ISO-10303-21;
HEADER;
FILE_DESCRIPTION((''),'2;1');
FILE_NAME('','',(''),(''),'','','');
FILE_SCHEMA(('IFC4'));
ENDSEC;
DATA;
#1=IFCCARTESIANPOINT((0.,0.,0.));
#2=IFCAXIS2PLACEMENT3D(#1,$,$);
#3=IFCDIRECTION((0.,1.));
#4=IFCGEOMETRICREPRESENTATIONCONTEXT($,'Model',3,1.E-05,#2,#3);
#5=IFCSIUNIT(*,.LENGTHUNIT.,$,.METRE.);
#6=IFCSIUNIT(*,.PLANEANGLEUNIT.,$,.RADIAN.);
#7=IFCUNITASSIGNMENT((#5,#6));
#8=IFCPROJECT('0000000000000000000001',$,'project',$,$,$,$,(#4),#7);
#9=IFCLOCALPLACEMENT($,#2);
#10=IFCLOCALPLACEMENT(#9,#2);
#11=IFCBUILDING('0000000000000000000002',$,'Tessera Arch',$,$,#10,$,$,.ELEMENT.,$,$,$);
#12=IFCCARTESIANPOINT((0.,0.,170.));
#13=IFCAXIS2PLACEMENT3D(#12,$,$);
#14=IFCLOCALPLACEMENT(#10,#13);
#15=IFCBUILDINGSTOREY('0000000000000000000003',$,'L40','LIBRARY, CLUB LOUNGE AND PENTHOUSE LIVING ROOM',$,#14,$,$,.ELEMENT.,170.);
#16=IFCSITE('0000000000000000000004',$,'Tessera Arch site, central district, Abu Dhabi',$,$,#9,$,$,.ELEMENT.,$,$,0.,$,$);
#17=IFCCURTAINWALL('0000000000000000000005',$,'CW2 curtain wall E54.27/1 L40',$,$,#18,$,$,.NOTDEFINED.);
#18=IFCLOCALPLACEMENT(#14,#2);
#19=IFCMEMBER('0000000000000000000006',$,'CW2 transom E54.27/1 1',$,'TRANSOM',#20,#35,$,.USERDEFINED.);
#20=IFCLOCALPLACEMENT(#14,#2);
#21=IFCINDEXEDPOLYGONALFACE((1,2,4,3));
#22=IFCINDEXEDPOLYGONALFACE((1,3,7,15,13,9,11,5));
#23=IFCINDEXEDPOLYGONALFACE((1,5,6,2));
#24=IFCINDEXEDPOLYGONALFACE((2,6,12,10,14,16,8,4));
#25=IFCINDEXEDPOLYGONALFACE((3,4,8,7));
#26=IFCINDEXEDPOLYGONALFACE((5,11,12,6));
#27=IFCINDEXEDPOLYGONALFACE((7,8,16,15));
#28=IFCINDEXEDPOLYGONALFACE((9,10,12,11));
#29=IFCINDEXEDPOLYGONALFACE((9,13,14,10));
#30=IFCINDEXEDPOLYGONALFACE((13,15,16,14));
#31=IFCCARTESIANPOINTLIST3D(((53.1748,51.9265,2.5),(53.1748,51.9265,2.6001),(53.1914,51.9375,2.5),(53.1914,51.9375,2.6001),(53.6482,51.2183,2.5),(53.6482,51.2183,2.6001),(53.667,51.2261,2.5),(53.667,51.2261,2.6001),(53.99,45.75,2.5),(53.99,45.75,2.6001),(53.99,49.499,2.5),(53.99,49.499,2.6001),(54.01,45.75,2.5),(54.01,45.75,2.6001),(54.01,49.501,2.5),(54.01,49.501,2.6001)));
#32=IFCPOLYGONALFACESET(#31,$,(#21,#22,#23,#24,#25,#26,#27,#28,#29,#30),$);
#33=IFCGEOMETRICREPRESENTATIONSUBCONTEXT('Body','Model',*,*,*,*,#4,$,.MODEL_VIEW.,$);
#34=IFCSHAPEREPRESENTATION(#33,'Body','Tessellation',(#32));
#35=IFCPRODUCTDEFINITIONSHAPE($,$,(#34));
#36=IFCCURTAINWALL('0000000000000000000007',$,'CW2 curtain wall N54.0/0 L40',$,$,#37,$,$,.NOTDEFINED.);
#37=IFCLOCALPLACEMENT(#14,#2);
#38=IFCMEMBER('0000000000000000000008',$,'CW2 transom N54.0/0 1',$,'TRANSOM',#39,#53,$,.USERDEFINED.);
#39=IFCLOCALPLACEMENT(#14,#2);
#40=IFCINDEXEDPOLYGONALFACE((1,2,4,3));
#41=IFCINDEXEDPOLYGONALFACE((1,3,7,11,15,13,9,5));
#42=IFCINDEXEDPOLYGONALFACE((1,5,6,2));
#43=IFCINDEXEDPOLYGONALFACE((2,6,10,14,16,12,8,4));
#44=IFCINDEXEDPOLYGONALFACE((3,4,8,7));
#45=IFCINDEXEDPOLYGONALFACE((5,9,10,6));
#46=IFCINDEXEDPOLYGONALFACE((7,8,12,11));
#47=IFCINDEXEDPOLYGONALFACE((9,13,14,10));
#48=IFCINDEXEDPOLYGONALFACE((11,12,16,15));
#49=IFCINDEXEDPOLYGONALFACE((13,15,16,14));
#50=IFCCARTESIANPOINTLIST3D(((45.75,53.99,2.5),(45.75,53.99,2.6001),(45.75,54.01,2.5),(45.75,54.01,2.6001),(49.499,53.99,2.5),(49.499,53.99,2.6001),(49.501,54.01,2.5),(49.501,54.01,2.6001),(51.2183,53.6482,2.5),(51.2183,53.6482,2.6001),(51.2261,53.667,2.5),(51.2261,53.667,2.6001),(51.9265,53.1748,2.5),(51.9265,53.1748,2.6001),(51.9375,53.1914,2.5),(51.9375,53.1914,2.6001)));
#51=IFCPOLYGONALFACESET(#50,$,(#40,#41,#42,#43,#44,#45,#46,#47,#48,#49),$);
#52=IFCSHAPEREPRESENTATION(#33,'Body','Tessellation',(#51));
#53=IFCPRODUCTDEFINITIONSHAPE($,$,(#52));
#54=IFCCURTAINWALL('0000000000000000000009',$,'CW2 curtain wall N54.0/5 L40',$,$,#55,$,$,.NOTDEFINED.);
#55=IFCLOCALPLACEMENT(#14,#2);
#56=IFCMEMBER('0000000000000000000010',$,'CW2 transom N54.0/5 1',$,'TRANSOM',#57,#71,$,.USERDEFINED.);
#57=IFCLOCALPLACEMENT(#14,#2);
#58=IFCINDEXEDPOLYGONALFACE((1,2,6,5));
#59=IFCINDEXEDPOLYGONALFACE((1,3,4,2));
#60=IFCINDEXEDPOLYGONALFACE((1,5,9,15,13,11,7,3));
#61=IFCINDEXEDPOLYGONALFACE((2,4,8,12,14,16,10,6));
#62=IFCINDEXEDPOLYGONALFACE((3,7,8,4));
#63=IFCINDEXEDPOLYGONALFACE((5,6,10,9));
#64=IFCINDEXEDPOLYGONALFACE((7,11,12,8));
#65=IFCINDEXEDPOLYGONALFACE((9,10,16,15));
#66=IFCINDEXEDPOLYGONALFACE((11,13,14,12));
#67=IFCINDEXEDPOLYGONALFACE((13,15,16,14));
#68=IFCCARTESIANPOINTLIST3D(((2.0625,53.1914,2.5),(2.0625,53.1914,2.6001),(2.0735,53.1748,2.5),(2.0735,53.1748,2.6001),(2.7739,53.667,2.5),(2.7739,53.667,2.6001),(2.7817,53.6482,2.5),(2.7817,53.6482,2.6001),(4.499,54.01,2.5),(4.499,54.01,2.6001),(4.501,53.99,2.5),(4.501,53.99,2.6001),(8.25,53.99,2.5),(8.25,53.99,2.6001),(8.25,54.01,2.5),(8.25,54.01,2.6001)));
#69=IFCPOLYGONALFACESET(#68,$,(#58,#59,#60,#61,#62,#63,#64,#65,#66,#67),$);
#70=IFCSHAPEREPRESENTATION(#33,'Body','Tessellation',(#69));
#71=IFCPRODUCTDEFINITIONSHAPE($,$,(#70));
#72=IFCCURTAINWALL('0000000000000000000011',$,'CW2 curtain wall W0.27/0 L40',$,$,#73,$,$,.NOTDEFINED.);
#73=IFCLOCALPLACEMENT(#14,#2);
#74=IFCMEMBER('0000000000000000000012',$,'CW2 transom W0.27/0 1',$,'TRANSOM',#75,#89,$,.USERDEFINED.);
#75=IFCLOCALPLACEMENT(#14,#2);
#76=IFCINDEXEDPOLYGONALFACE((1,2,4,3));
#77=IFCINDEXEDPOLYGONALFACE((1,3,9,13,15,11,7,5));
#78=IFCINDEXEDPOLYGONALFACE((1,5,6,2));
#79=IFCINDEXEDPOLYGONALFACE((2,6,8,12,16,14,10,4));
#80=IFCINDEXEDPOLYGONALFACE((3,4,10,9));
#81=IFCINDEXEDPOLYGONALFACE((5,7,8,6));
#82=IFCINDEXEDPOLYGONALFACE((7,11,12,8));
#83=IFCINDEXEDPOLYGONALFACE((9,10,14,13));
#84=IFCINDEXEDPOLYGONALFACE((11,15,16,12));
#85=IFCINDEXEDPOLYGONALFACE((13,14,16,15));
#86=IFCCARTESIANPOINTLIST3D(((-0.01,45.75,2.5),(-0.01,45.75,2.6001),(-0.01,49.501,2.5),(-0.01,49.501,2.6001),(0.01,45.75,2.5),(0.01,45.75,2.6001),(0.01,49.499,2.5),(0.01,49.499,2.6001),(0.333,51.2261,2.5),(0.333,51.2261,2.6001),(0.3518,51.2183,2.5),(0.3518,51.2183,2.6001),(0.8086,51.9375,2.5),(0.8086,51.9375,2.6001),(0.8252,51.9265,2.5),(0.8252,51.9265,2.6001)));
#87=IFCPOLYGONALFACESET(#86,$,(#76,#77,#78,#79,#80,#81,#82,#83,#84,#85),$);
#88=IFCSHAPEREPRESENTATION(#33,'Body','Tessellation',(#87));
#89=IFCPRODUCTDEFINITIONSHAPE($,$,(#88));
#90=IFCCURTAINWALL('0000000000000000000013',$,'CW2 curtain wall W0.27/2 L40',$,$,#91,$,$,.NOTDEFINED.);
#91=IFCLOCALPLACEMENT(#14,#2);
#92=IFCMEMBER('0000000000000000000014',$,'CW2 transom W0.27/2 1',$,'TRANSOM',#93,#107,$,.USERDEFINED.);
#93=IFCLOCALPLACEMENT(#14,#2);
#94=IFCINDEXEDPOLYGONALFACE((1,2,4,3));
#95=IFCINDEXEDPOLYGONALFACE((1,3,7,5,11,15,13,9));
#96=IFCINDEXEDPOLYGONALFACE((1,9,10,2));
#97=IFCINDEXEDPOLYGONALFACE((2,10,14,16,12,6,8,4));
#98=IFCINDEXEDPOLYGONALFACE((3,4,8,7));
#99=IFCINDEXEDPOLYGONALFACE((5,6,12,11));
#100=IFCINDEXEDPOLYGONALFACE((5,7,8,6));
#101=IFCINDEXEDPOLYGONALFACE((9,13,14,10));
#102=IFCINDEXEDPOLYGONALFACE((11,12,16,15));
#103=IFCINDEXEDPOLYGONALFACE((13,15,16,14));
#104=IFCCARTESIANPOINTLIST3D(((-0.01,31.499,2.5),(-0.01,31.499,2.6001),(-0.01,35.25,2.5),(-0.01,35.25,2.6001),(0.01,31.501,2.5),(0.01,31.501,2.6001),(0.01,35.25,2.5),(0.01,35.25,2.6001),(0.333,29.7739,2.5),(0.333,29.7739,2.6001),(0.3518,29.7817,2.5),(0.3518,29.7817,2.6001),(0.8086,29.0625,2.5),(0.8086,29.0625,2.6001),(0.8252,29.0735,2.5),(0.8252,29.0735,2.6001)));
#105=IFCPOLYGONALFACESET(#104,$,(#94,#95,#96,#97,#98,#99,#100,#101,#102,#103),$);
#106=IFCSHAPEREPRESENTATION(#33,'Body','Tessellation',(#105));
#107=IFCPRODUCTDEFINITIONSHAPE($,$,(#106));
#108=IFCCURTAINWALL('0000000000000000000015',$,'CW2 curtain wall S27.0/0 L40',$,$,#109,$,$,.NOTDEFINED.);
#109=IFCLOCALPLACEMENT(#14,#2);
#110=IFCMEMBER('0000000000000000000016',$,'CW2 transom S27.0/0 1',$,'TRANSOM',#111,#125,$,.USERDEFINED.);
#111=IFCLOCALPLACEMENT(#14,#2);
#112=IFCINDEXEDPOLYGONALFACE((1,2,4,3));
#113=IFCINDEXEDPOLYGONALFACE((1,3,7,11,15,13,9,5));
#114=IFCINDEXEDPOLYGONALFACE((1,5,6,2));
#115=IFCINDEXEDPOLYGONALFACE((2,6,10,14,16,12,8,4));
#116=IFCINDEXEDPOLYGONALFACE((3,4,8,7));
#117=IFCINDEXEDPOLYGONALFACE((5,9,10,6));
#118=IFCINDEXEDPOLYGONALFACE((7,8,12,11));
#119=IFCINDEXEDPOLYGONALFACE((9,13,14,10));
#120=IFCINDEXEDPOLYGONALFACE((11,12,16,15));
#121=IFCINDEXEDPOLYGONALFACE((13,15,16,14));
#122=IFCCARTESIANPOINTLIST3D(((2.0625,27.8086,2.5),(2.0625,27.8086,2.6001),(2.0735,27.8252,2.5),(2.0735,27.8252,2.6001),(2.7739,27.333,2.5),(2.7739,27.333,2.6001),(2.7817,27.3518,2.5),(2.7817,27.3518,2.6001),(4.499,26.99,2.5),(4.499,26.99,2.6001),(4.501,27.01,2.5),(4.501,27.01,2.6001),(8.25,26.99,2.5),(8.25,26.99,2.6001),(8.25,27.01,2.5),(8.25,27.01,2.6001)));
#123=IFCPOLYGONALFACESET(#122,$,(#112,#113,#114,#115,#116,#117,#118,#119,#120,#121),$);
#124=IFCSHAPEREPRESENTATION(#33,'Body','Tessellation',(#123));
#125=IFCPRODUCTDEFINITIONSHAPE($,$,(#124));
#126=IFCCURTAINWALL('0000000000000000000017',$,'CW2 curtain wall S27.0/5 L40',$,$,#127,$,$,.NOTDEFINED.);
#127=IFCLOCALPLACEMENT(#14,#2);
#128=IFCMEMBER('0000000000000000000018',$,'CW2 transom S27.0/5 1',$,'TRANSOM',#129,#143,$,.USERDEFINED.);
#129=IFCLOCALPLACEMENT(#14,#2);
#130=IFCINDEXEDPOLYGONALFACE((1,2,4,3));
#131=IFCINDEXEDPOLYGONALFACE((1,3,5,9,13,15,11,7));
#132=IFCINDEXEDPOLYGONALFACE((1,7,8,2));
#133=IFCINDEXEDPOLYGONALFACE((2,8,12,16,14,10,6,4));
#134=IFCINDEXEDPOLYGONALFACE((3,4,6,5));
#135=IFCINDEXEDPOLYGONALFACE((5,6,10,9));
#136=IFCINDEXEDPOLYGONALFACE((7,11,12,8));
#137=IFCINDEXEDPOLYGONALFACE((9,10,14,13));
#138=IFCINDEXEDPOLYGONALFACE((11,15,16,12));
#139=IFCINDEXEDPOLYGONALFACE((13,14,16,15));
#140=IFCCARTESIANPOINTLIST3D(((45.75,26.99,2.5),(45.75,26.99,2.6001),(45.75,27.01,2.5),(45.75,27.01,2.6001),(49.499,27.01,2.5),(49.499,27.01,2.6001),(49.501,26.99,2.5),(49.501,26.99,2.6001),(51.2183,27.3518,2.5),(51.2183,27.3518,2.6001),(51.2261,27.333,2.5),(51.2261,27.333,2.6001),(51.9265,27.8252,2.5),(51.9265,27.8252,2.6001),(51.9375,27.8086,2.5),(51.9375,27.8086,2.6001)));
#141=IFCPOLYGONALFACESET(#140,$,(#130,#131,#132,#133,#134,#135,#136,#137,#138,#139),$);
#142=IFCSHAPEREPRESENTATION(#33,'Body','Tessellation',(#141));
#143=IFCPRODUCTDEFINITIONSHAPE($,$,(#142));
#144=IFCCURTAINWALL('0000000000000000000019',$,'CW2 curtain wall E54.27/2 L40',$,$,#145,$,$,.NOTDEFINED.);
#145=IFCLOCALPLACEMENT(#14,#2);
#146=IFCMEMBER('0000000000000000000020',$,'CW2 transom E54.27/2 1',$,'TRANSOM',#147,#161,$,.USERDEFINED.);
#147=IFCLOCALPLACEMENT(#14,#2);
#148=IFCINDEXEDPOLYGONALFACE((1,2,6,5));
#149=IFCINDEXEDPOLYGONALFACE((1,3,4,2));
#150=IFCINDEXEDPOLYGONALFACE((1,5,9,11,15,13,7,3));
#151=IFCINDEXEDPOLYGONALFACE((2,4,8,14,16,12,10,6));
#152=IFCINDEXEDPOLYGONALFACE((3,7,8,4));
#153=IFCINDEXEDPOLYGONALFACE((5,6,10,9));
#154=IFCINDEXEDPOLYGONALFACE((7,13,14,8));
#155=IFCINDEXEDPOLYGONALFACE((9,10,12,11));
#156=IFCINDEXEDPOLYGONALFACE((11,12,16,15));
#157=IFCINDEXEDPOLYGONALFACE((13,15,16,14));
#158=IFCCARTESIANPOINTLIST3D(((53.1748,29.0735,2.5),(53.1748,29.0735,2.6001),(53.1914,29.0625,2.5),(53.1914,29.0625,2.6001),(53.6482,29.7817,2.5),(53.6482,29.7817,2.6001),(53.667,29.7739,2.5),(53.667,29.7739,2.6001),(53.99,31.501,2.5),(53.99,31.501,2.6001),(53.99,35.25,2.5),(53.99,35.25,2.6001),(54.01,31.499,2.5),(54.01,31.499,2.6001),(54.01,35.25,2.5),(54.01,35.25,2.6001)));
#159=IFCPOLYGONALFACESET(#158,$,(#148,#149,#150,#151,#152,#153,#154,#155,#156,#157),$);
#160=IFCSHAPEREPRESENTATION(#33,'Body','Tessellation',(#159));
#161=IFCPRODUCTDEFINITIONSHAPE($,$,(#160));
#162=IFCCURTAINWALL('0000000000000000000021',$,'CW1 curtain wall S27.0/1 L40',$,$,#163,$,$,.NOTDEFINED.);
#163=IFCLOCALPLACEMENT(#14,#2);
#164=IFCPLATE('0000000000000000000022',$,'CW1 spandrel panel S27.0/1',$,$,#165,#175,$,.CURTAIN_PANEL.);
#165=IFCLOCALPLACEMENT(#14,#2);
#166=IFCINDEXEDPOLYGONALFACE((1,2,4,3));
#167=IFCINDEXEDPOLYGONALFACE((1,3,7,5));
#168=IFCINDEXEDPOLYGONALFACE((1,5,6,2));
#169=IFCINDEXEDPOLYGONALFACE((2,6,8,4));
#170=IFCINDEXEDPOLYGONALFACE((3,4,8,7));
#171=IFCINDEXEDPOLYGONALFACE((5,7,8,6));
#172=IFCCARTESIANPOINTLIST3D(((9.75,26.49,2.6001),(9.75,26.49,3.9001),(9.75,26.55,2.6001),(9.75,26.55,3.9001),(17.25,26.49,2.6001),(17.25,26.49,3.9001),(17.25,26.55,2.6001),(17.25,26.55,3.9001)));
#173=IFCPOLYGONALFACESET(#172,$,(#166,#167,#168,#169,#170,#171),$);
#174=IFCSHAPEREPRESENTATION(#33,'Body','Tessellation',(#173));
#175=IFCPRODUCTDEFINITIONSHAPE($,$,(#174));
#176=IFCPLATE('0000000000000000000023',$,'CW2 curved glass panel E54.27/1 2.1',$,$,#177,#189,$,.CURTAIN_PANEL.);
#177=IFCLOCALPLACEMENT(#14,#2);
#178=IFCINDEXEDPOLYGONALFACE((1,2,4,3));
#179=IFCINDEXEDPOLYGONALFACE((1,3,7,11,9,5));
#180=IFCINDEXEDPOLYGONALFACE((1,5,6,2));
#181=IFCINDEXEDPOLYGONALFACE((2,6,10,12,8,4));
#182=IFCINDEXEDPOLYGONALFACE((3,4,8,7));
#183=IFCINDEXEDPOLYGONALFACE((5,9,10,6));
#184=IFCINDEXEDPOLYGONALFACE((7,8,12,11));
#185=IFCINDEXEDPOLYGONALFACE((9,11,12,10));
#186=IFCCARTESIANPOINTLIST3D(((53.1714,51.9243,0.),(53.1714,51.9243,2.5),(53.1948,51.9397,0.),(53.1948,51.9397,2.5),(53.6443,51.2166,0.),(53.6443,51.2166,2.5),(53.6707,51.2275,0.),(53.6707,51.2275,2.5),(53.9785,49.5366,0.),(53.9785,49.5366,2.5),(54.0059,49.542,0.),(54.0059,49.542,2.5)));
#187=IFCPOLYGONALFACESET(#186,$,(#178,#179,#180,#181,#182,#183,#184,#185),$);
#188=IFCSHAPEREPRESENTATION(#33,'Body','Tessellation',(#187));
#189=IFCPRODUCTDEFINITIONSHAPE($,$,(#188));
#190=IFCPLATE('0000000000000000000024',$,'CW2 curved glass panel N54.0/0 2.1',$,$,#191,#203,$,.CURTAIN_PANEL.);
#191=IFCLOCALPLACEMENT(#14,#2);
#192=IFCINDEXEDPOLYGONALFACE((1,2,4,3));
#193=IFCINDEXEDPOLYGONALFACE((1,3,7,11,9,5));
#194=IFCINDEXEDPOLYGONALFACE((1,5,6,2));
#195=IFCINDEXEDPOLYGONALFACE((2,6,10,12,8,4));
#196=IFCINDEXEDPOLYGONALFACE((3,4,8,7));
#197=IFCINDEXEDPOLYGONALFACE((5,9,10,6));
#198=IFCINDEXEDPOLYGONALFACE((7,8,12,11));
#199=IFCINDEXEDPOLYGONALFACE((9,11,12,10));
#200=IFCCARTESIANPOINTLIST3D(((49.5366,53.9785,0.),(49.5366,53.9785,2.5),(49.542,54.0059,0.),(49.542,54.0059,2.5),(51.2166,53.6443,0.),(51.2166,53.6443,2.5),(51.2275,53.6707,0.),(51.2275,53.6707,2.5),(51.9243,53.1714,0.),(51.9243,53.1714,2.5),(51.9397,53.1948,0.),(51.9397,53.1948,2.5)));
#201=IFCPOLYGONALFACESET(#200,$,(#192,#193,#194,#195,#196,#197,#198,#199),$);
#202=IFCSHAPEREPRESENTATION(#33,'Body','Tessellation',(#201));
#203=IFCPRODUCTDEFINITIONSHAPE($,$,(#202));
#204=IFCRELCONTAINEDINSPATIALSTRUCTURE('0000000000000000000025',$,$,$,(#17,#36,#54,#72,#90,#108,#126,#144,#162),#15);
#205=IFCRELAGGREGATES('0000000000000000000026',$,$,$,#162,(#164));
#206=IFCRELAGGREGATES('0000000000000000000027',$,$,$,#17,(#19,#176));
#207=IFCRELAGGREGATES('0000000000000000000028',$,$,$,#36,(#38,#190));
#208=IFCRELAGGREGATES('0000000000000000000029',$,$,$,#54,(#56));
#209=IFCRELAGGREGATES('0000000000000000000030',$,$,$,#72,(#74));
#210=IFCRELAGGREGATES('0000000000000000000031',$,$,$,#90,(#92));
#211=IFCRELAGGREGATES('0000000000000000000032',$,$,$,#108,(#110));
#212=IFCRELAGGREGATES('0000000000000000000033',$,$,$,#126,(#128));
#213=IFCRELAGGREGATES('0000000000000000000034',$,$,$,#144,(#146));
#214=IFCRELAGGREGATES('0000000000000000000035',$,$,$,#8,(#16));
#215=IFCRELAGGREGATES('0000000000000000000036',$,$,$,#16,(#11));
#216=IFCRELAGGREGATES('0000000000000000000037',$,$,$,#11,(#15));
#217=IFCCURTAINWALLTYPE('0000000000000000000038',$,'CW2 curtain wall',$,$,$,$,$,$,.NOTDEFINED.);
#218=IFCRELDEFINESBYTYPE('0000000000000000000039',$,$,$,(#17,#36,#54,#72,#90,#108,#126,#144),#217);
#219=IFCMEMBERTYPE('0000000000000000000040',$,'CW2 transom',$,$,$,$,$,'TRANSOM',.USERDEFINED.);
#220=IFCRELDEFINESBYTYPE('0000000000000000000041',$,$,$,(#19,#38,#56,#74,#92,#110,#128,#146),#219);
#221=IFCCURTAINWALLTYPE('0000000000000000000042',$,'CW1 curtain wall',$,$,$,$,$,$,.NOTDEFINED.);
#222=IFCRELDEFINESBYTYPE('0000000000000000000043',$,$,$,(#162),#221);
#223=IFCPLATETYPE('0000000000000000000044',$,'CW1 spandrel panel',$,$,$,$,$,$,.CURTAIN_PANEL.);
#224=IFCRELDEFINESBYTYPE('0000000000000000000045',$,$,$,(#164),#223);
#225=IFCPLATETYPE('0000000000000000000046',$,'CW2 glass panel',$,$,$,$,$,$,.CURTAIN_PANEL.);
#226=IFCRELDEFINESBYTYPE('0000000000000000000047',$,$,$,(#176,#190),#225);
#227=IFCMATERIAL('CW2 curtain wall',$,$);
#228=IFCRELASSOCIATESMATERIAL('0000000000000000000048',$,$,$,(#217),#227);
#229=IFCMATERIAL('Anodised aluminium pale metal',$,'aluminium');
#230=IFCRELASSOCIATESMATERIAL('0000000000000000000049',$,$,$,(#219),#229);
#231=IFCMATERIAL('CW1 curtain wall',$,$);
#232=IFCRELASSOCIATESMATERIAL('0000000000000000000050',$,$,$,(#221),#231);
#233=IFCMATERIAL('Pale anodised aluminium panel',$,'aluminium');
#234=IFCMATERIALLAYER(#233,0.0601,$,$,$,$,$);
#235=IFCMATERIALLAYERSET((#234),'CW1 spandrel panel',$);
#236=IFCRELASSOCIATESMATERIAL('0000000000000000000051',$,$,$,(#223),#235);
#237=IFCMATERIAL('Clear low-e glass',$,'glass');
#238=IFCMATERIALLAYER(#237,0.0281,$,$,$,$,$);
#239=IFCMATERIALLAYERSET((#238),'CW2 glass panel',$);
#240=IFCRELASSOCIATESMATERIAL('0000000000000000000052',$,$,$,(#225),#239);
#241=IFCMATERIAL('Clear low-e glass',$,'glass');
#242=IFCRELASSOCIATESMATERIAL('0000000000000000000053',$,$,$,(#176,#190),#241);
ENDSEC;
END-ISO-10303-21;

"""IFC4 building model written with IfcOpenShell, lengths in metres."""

from ifc_helpers import new_model, si_unit, direction, frame, origin, origin_2d, place, context, subcontext, project, spatial, polyline, rectangle, outline, extrude, material, layer, layer_set, material_profile, profile_set, type_object, element, aggregate, save


model = new_model("IFC4")

# Units and contexts
model_context = context("Model", 3, precision=1e-05, world=origin(), true_north=direction((0.0, 1.0)))
body_context = subcontext(model_context, "Body", "Model", "MODEL_VIEW")
ifc_project = project(units=[si_unit("LENGTHUNIT", "METRE"), si_unit("PLANEANGLEUNIT", "RADIAN")], contexts=[model_context])

# Site, building, storey
site_placement = place(None, origin())
site = spatial("IfcSite", under=ifc_project, at=site_placement, Name="Tessera Arch site, central district, Abu Dhabi", CompositionType="ELEMENT", RefElevation=0.0)
building_placement = place(site_placement, origin())
building = spatial("IfcBuilding", under=site, at=building_placement, Name="Tessera Arch", CompositionType="ELEMENT")
storey_placement = place(building_placement, frame((0.0, 0.0, 170.0)))
storey = spatial("IfcBuildingStorey", under=building, at=storey_placement, Name="L40", Description="LIBRARY, CLUB LOUNGE AND PENTHOUSE LIVING ROOM", CompositionType="ELEMENT", Elevation=170.0)

# Curtain walls, members
ifc_material_1 = material(Name="CW2 curtain wall")
curtain_wall_type_1 = type_object("IfcCurtainWallType", Name="CW2 curtain wall", PredefinedType="NOTDEFINED", material=ifc_material_1)
curtain_wall_1_placement = place(storey_placement, origin())
curtain_wall_1 = element("IfcCurtainWall", 1, at=curtain_wall_1_placement, inside=storey, type_object=curtain_wall_type_1, Name="CW2 curtain wall E54.27/1 L40", PredefinedType="NOTDEFINED")
ifc_material_2 = material(Name="Anodised aluminium pale metal", Category="aluminium")
ifc_material_profile = material_profile(ifc_material_2, rectangle(XDim=0.2, YDim=0.1001, at=origin_2d()), Name="AL 200x100")
ifc_profile_set = profile_set([ifc_material_profile], Name="Anodised aluminium pale metal")
member_type = type_object("IfcMemberType", Name="CW2 transom", ElementType="TRANSOM", PredefinedType="USERDEFINED", material=ifc_profile_set)
member_1_placement = place(storey_placement, frame((0.0, 0.0, 2.5)))
member_1 = element("IfcMember", 2, at=member_1_placement, type_object=member_type, Name="CW2 transom E54.27/1 1", ObjectType="TRANSOM", PredefinedType="USERDEFINED", context=body_context, shape_type="SweptSolid", body=[
    extrude(outline(polyline([(53.99, 49.499), (53.99, 45.75), (54.01, 45.75), (54.01, 49.501), (53.667, 51.2261), (53.1914, 51.9375), (53.1748, 51.9265), (53.6482, 51.2183), (53.99, 49.499)])), origin(), (0.0, 0.0, 1.0), 0.1001),
])
curtain_wall_2_placement = place(storey_placement, origin())
curtain_wall_2 = element("IfcCurtainWall", 3, at=curtain_wall_2_placement, inside=storey, type_object=curtain_wall_type_1, Name="CW2 curtain wall N54.0/0 L40", PredefinedType="NOTDEFINED")
member_2_placement = place(storey_placement, frame((0.0, 0.0, 2.5)))
member_2 = element("IfcMember", 4, at=member_2_placement, type_object=member_type, Name="CW2 transom N54.0/0 1", ObjectType="TRANSOM", PredefinedType="USERDEFINED", context=body_context, shape_type="SweptSolid", body=[
    extrude(outline(polyline([(51.2183, 53.6482), (51.9265, 53.1748), (51.9375, 53.1914), (51.2261, 53.667), (49.501, 54.01), (45.75, 54.01), (45.75, 53.99), (49.499, 53.99), (51.2183, 53.6482)])), origin(), (0.0, 0.0, 1.0), 0.1001),
])
curtain_wall_3_placement = place(storey_placement, origin())
curtain_wall_3 = element("IfcCurtainWall", 5, at=curtain_wall_3_placement, inside=storey, type_object=curtain_wall_type_1, Name="CW2 curtain wall N54.0/5 L40", PredefinedType="NOTDEFINED")
member_3_placement = place(storey_placement, frame((0.0, 0.0, 2.5)))
member_3 = element("IfcMember", 6, at=member_3_placement, type_object=member_type, Name="CW2 transom N54.0/5 1", ObjectType="TRANSOM", PredefinedType="USERDEFINED", context=body_context, shape_type="SweptSolid", body=[
    extrude(outline(polyline([(4.501, 53.99), (8.25, 53.99), (8.25, 54.01), (4.499, 54.01), (2.7739, 53.667), (2.0625, 53.1914), (2.0735, 53.1748), (2.7817, 53.6482), (4.501, 53.99)])), origin(), (0.0, 0.0, 1.0), 0.1001),
])
curtain_wall_4_placement = place(storey_placement, origin())
curtain_wall_4 = element("IfcCurtainWall", 7, at=curtain_wall_4_placement, inside=storey, type_object=curtain_wall_type_1, Name="CW2 curtain wall W0.27/0 L40", PredefinedType="NOTDEFINED")
member_4_placement = place(storey_placement, frame((0.0, 0.0, 2.5)))
member_4 = element("IfcMember", 8, at=member_4_placement, type_object=member_type, Name="CW2 transom W0.27/0 1", ObjectType="TRANSOM", PredefinedType="USERDEFINED", context=body_context, shape_type="SweptSolid", body=[
    extrude(outline(polyline([(0.3518, 51.2183), (0.8252, 51.9265), (0.8086, 51.9375), (0.333, 51.2261), (-0.01, 49.501), (-0.01, 45.75), (0.01, 45.75), (0.01, 49.499), (0.3518, 51.2183)])), origin(), (0.0, 0.0, 1.0), 0.1001),
])
curtain_wall_5_placement = place(storey_placement, origin())
curtain_wall_5 = element("IfcCurtainWall", 9, at=curtain_wall_5_placement, inside=storey, type_object=curtain_wall_type_1, Name="CW2 curtain wall W0.27/2 L40", PredefinedType="NOTDEFINED")
member_5_placement = place(storey_placement, frame((0.0, 0.0, 2.5)))
member_5 = element("IfcMember", 10, at=member_5_placement, type_object=member_type, Name="CW2 transom W0.27/2 1", ObjectType="TRANSOM", PredefinedType="USERDEFINED", context=body_context, shape_type="SweptSolid", body=[
    extrude(outline(polyline([(0.01, 31.501), (0.01, 35.25), (-0.01, 35.25), (-0.01, 31.499), (0.333, 29.7739), (0.8086, 29.0625), (0.8252, 29.0735), (0.3518, 29.7817), (0.01, 31.501)])), origin(), (0.0, 0.0, 1.0), 0.1001),
])
curtain_wall_6_placement = place(storey_placement, origin())
curtain_wall_6 = element("IfcCurtainWall", 11, at=curtain_wall_6_placement, inside=storey, type_object=curtain_wall_type_1, Name="CW2 curtain wall S27.0/0 L40", PredefinedType="NOTDEFINED")
member_6_placement = place(storey_placement, frame((0.0, 0.0, 2.5)))
member_6 = element("IfcMember", 12, at=member_6_placement, type_object=member_type, Name="CW2 transom S27.0/0 1", ObjectType="TRANSOM", PredefinedType="USERDEFINED", context=body_context, shape_type="SweptSolid", body=[
    extrude(outline(polyline([(2.7817, 27.3518), (2.0735, 27.8252), (2.0625, 27.8086), (2.7739, 27.333), (4.499, 26.99), (8.25, 26.99), (8.25, 27.01), (4.501, 27.01), (2.7817, 27.3518)])), origin(), (0.0, 0.0, 1.0), 0.1001),
])
curtain_wall_7_placement = place(storey_placement, origin())
curtain_wall_7 = element("IfcCurtainWall", 13, at=curtain_wall_7_placement, inside=storey, type_object=curtain_wall_type_1, Name="CW2 curtain wall S27.0/5 L40", PredefinedType="NOTDEFINED")
member_7_placement = place(storey_placement, frame((0.0, 0.0, 2.5)))
member_7 = element("IfcMember", 14, at=member_7_placement, type_object=member_type, Name="CW2 transom S27.0/5 1", ObjectType="TRANSOM", PredefinedType="USERDEFINED", context=body_context, shape_type="SweptSolid", body=[
    extrude(outline(polyline([(49.499, 27.01), (45.75, 27.01), (45.75, 26.99), (49.501, 26.99), (51.2261, 27.333), (51.9375, 27.8086), (51.9265, 27.8252), (51.2183, 27.3518), (49.499, 27.01)])), origin(), (0.0, 0.0, 1.0), 0.1001),
])
curtain_wall_8_placement = place(storey_placement, origin())
curtain_wall_8 = element("IfcCurtainWall", 15, at=curtain_wall_8_placement, inside=storey, type_object=curtain_wall_type_1, Name="CW2 curtain wall E54.27/2 L40", PredefinedType="NOTDEFINED")
member_8_placement = place(storey_placement, frame((0.0, 0.0, 2.5)))
member_8 = element("IfcMember", 16, at=member_8_placement, type_object=member_type, Name="CW2 transom E54.27/2 1", ObjectType="TRANSOM", PredefinedType="USERDEFINED", context=body_context, shape_type="SweptSolid", body=[
    extrude(outline(polyline([(53.6482, 29.7817), (53.1748, 29.0735), (53.1914, 29.0625), (53.667, 29.7739), (54.01, 31.499), (54.01, 35.25), (53.99, 35.25), (53.99, 31.501), (53.6482, 29.7817)])), origin(), (0.0, 0.0, 1.0), 0.1001),
])

# Curtain wall, plate
ifc_material_3 = material(Name="CW1 curtain wall")
curtain_wall_type_2 = type_object("IfcCurtainWallType", Name="CW1 curtain wall", PredefinedType="NOTDEFINED", material=ifc_material_3)
curtain_wall_9_placement = place(storey_placement, origin())
curtain_wall_9 = element("IfcCurtainWall", 17, at=curtain_wall_9_placement, inside=storey, type_object=curtain_wall_type_2, Name="CW1 curtain wall S27.0/1 L40", PredefinedType="NOTDEFINED")
ifc_material_4 = material(Name="Pale anodised aluminium panel", Category="aluminium")
ifc_layer_1 = layer(ifc_material_4, 0.0601)
ifc_layer_set_1 = layer_set([ifc_layer_1], Name="CW1 spandrel panel")
plate_type_1 = type_object("IfcPlateType", Name="CW1 spandrel panel", PredefinedType="CURTAIN_PANEL", material=ifc_layer_set_1)
plate_1_placement = place(storey_placement, frame((13.5, 26.52, 2.6001), z_axis=(0.0, 0.0, 1.0), x_axis=(1.0, 0.0, 0.0)))
plate_1 = element("IfcPlate", 18, at=plate_1_placement, type_object=plate_type_1, Name="CW1 spandrel panel S27.0/1", PredefinedType="CURTAIN_PANEL", context=body_context, shape_type="SweptSolid", body=[
    extrude(rectangle(XDim=7.5, YDim=0.0601, at=origin_2d()), origin(), (0.0, 0.0, 1.0), 1.3),
])
aggregate(curtain_wall_9, [plate_1])

# Plates
ifc_material_5 = material(Name="Clear low-e glass", Category="glass")
ifc_material_6 = material(Name="Clear low-e glass", Category="glass")
ifc_layer_2 = layer(ifc_material_6, 0.0281)
ifc_layer_set_2 = layer_set([ifc_layer_2], Name="CW2 glass panel")
plate_type_2 = type_object("IfcPlateType", Name="CW2 glass panel", PredefinedType="CURTAIN_PANEL", material=ifc_layer_set_2)
plate_2_placement = place(storey_placement, origin())
plate_2 = element("IfcPlate", 19, at=plate_2_placement, type_object=plate_type_2, material=ifc_material_5, Name="CW2 curved glass panel E54.27/1 2.1", PredefinedType="CURTAIN_PANEL", context=body_context, shape_type="SweptSolid", body=[
    extrude(outline(polyline([(53.6443, 51.2166), (53.9785, 49.5366), (54.0059, 49.542), (53.6707, 51.2275), (53.1948, 51.9397), (53.1714, 51.9243), (53.6443, 51.2166)])), origin(), (0.0, 0.0, 1.0), 2.5),
])
plate_3_placement = place(storey_placement, origin())
plate_3 = element("IfcPlate", 20, at=plate_3_placement, type_object=plate_type_2, material=ifc_material_5, Name="CW2 curved glass panel N54.0/0 2.1", PredefinedType="CURTAIN_PANEL", context=body_context, shape_type="SweptSolid", body=[
    extrude(outline(polyline([(51.2166, 53.6443), (51.9243, 53.1714), (51.9397, 53.1948), (51.2275, 53.6707), (49.542, 54.0059), (49.5366, 53.9785), (51.2166, 53.6443)])), origin(), (0.0, 0.0, 1.0), 2.5),
])
aggregate(curtain_wall_1, [member_1, plate_2])
aggregate(curtain_wall_2, [member_2, plate_3])
aggregate(curtain_wall_3, [member_3])
aggregate(curtain_wall_4, [member_4])
aggregate(curtain_wall_5, [member_5])
aggregate(curtain_wall_6, [member_6])
aggregate(curtain_wall_7, [member_7])
aggregate(curtain_wall_8, [member_8])

save(model, "model.ifc")
